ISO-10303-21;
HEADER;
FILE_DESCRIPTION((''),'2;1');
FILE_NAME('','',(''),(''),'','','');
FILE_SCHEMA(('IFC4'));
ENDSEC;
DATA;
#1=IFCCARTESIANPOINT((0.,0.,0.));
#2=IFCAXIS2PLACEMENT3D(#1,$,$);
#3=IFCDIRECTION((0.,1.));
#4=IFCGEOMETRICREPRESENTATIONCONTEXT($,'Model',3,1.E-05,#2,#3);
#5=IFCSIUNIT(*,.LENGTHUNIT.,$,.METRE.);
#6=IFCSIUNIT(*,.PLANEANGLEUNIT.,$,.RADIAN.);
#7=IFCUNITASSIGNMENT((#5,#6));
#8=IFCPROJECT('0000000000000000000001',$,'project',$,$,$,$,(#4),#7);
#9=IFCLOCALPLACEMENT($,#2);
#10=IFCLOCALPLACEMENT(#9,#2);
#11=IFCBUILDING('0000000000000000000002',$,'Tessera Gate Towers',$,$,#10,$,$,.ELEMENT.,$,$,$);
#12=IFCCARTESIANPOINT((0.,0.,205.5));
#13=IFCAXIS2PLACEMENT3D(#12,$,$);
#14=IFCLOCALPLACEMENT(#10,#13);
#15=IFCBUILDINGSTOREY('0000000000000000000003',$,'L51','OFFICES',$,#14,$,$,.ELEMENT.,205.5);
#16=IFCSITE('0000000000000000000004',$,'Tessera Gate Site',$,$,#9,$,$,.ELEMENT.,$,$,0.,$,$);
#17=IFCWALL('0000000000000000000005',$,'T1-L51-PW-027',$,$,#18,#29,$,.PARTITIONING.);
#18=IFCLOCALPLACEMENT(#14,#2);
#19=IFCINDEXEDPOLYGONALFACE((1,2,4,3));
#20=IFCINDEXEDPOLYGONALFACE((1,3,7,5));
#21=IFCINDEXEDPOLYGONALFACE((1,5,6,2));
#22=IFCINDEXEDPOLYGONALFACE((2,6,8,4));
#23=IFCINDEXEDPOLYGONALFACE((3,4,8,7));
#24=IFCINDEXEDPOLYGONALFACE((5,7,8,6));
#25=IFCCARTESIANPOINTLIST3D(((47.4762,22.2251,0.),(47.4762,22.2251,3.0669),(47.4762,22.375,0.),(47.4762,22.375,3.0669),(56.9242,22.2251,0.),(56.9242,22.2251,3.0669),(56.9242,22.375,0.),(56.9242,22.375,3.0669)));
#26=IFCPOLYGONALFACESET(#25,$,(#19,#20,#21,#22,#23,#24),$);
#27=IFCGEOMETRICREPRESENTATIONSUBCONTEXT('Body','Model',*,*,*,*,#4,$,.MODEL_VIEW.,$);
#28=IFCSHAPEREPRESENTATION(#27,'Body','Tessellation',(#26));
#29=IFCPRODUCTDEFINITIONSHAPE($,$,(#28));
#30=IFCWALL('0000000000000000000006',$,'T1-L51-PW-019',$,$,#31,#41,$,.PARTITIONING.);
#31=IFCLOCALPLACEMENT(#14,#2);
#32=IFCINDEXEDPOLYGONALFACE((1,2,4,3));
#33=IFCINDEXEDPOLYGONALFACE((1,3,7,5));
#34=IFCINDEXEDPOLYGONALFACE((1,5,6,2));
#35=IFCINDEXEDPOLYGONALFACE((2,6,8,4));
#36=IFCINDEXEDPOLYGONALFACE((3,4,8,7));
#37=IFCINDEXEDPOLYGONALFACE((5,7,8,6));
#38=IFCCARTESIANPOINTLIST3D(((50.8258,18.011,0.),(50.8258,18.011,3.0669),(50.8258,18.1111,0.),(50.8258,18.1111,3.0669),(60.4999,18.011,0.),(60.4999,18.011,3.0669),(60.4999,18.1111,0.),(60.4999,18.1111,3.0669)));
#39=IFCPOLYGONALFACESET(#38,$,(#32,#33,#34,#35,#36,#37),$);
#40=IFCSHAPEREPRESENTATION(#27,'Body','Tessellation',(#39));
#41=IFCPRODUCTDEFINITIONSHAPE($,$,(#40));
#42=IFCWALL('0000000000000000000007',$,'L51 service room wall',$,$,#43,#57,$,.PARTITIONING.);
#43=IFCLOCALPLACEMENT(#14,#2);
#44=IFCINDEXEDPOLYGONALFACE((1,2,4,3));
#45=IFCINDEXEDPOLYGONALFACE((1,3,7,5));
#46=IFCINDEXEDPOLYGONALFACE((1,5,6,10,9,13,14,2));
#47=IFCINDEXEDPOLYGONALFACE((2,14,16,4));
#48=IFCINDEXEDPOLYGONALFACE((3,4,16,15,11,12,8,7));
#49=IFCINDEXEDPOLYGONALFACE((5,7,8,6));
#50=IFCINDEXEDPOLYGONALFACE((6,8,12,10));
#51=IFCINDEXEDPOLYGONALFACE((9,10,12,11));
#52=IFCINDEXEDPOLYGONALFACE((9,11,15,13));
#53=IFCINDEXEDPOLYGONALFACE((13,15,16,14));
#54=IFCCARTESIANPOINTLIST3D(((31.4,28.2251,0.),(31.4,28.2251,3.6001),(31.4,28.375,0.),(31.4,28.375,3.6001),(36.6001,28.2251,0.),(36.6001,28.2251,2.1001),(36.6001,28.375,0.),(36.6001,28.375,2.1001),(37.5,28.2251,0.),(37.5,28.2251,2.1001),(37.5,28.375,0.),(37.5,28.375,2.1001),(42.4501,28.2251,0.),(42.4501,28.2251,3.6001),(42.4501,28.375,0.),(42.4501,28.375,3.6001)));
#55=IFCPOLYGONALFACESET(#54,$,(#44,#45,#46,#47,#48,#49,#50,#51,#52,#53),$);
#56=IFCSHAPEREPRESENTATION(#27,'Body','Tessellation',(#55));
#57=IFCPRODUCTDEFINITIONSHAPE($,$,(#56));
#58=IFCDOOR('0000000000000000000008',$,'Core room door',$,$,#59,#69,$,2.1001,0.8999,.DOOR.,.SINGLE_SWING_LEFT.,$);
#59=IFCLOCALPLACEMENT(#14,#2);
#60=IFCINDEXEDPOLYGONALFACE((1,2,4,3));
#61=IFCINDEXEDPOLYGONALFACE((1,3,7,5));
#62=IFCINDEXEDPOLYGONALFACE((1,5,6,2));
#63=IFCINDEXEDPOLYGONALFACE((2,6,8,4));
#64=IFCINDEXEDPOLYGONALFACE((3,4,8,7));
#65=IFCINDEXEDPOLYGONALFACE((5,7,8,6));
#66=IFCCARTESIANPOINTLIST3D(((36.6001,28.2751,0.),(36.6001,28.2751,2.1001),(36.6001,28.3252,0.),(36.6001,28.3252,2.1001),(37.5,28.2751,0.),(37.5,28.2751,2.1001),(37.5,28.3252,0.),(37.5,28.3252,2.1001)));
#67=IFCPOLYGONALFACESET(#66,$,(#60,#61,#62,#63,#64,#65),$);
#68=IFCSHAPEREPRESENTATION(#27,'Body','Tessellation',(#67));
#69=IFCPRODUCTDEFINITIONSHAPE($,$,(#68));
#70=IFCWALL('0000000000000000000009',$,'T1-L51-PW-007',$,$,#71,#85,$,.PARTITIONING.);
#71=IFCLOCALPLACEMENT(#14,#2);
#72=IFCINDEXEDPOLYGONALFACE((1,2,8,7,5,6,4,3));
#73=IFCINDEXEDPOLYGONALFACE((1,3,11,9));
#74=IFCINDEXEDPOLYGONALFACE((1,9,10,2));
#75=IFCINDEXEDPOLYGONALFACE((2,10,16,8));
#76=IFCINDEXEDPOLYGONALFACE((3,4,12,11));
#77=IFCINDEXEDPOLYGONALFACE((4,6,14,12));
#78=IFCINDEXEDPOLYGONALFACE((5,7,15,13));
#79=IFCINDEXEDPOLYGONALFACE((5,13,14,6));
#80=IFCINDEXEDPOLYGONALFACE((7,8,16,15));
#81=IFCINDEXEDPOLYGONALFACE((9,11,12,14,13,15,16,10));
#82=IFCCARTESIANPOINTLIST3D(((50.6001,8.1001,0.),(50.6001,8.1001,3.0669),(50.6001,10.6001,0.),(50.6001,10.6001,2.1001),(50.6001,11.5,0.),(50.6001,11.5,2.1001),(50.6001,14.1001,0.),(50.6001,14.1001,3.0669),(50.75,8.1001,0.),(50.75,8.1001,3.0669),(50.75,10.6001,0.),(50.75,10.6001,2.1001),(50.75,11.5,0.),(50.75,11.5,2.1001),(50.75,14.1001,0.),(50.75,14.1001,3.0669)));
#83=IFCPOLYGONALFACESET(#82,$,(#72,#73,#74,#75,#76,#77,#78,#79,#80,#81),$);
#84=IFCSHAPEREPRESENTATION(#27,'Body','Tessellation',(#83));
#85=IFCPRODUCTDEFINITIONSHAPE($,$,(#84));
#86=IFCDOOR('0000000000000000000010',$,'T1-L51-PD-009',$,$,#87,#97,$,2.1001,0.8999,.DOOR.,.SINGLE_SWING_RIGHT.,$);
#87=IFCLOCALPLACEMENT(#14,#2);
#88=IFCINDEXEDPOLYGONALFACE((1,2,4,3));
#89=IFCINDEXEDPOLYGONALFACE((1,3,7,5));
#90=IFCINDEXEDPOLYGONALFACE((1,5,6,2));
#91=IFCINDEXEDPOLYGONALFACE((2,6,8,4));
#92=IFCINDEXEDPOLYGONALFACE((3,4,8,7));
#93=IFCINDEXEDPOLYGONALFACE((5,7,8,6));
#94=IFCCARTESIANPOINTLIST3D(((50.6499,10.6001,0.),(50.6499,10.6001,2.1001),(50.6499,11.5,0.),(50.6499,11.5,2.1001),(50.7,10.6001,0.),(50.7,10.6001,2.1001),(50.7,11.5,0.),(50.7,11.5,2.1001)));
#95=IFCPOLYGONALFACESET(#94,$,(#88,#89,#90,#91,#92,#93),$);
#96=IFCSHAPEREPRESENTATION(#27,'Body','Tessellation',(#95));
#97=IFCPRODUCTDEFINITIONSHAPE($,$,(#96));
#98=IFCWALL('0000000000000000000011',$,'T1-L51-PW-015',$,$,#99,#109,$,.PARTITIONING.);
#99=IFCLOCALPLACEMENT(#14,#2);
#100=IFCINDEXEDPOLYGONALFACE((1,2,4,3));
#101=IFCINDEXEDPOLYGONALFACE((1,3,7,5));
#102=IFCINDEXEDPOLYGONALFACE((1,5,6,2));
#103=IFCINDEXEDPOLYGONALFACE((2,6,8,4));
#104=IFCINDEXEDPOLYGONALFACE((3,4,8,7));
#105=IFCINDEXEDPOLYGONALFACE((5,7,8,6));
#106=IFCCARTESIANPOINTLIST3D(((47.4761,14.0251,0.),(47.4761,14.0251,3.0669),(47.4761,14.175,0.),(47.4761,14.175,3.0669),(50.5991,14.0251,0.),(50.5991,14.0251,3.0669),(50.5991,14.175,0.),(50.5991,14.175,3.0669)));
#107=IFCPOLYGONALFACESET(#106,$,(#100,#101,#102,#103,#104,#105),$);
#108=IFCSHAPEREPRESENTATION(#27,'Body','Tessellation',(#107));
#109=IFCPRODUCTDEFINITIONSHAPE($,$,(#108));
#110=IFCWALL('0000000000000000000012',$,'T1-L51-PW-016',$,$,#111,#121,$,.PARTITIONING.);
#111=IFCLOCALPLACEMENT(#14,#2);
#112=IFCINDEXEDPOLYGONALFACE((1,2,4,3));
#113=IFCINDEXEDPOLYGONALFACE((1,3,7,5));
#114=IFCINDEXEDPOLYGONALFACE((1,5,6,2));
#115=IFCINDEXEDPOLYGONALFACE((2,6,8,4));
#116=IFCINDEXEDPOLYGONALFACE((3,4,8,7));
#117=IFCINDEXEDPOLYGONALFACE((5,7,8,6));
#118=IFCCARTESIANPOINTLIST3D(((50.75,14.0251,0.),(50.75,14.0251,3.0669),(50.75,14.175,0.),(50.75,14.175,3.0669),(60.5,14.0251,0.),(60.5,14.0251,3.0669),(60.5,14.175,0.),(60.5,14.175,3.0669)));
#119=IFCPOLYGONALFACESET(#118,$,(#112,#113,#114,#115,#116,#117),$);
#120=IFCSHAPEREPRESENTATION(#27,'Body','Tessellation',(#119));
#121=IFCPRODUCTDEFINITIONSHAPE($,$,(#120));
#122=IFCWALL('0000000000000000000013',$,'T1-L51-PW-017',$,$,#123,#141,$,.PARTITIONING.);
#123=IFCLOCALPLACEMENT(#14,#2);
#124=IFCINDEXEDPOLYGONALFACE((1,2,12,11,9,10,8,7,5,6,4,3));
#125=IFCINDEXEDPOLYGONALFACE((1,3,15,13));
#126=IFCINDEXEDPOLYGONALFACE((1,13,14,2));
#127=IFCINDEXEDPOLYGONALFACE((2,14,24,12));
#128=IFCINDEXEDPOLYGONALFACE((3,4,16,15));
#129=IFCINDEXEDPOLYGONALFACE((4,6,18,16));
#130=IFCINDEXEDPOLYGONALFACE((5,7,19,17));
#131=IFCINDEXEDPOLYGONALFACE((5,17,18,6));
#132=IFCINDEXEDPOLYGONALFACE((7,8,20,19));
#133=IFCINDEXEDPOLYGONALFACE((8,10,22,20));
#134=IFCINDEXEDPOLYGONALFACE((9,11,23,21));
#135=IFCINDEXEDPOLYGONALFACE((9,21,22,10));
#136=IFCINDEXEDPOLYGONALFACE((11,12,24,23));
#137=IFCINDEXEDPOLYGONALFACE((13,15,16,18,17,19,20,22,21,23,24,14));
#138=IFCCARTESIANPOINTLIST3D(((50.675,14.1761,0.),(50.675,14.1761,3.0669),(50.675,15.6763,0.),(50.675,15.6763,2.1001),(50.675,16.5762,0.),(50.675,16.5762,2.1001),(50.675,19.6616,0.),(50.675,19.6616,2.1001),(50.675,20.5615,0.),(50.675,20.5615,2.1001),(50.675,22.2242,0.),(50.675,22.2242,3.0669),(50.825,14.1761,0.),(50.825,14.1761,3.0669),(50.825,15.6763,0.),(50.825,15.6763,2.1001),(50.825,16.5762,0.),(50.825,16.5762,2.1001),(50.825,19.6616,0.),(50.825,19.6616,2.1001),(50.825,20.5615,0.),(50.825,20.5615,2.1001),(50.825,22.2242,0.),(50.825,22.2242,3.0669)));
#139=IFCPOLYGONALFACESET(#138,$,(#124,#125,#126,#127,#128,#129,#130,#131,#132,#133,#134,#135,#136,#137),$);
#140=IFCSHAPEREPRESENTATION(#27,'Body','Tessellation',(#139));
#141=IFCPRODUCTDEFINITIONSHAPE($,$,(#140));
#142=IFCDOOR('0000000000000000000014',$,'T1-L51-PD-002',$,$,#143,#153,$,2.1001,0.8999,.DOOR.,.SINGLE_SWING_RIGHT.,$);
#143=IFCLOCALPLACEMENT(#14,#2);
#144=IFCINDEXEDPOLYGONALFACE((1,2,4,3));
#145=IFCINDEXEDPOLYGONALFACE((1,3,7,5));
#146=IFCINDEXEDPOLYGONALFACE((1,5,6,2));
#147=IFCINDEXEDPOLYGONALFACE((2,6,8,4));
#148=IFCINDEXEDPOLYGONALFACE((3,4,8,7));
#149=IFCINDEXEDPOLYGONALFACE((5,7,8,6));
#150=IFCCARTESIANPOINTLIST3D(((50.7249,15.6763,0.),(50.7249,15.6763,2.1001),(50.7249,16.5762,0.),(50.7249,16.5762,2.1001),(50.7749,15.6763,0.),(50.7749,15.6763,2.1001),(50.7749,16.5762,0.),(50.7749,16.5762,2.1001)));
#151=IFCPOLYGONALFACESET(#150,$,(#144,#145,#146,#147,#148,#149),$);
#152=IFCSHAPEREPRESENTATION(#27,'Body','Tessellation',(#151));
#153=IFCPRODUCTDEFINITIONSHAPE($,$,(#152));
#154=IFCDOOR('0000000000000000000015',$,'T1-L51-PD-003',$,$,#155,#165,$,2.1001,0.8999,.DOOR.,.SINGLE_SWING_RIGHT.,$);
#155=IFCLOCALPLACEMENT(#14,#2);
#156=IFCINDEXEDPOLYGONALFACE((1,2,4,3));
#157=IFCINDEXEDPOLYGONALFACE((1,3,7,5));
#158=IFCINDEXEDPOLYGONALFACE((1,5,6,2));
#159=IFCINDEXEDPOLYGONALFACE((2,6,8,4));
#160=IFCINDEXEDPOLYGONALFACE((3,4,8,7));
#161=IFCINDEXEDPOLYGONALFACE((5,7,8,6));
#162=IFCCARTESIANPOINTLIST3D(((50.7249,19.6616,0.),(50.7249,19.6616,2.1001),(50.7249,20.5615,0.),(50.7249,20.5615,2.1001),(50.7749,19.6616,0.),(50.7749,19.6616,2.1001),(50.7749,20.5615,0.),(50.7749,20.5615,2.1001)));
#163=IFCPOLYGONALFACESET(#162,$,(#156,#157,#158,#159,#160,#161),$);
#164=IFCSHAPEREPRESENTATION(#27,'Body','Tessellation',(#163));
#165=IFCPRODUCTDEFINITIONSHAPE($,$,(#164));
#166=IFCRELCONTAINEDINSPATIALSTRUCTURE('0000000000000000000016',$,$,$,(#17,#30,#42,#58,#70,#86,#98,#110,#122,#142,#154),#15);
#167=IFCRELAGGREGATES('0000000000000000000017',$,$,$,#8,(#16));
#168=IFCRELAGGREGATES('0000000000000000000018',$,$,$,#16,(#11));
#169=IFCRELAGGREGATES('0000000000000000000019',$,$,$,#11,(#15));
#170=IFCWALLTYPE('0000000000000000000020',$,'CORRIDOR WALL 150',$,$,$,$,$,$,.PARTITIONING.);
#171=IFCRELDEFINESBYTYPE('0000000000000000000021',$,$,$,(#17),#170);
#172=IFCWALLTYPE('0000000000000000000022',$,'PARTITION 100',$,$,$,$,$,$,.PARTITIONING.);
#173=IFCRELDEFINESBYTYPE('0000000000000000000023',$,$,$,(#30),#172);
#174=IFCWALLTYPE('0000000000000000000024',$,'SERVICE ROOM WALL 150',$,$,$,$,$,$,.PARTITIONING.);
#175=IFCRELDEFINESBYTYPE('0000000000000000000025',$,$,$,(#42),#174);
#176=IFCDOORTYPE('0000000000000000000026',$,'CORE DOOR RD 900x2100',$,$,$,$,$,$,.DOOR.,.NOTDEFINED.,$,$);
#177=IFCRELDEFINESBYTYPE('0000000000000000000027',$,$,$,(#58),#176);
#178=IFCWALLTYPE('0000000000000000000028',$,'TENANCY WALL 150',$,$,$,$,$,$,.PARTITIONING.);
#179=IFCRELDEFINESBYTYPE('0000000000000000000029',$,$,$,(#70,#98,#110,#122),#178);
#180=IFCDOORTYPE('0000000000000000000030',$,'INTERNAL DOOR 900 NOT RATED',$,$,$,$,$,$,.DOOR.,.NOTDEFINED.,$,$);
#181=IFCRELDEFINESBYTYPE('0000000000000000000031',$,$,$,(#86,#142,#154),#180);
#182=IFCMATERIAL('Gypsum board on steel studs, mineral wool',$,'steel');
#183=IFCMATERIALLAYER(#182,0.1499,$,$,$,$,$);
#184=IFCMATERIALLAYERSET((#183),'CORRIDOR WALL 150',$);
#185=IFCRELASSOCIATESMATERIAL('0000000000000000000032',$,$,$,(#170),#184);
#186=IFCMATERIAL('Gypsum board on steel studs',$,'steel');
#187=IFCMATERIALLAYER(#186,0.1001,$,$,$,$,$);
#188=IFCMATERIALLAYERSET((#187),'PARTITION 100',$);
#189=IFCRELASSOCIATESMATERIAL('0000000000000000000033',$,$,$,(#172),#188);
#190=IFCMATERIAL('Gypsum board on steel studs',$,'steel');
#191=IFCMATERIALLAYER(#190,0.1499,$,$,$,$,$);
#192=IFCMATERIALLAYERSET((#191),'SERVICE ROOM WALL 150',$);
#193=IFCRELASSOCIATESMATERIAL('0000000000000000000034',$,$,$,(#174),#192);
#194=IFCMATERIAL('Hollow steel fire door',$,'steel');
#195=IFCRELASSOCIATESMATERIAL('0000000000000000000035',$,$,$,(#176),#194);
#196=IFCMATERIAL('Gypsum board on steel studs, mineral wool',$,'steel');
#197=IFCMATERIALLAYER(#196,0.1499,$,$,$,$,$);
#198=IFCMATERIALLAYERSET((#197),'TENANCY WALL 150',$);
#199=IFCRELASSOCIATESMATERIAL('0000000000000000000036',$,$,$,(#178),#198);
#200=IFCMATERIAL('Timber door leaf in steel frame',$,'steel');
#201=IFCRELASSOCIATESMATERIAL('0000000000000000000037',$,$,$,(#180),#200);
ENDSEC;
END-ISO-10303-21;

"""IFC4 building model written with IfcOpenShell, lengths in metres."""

from ifc_helpers import new_model, si_unit, direction, frame, frame_2d, origin, place, context, subcontext, project, spatial, rectangle, extrude, source, transform, mapped, material, layer, layer_set, type_object, element, fill, save


model = new_model("IFC4")

# Units and contexts
model_context = context("Model", 3, precision=1e-05, world=origin(), true_north=direction((0.0, 1.0)))
body_context = subcontext(model_context, "Body", "Model", "MODEL_VIEW")
ifc_project = project(units=[si_unit("LENGTHUNIT", "METRE"), si_unit("PLANEANGLEUNIT", "RADIAN")], contexts=[model_context])

# Site, building, storey
site_placement = place(None, origin())
site = spatial("IfcSite", under=ifc_project, at=site_placement, Name="Tessera Gate Site", CompositionType="ELEMENT", RefElevation=0.0)
building_placement = place(site_placement, origin())
building = spatial("IfcBuilding", under=site, at=building_placement, Name="Tessera Gate Towers", CompositionType="ELEMENT")
storey_placement = place(building_placement, frame((0.0, 0.0, 205.5)))
storey = spatial("IfcBuildingStorey", under=building, at=storey_placement, Name="L51", Description="OFFICES", CompositionType="ELEMENT", Elevation=205.5)

# Shared definitions
ifc_material_1 = material(Name="Gypsum board on steel studs, mineral wool", Category="steel")
ifc_layer_1 = layer(ifc_material_1, 0.1499)
ifc_layer_set_1 = layer_set([ifc_layer_1], Name="CORRIDOR WALL 150")
wall_type_1 = type_object("IfcWallType", Name="CORRIDOR WALL 150", PredefinedType="PARTITIONING", material=ifc_layer_set_1)

# Walls
wall_1_placement = place(storey_placement, frame((47.4761, 22.3, 0.0), z_axis=(0.0, 0.0, 1.0), x_axis=(1.0, 0.0, 0.0)))
element("IfcWall", 1, at=wall_1_placement, inside=storey, type_object=wall_type_1, Name="T1-L51-PW-027", PredefinedType="PARTITIONING", context=body_context, shape_type="SweptSolid", body=[
    extrude(rectangle(XDim=9.448, YDim=0.1499, at=frame_2d((4.7241, 0.0))), origin(), (0.0, 0.0, 1.0), 3.0669),
])
ifc_material_2 = material(Name="Gypsum board on steel studs", Category="steel")
ifc_layer_2 = layer(ifc_material_2, 0.1001)
ifc_layer_set_2 = layer_set([ifc_layer_2], Name="PARTITION 100")
wall_type_2 = type_object("IfcWallType", Name="PARTITION 100", PredefinedType="PARTITIONING", material=ifc_layer_set_2)
wall_2_placement = place(storey_placement, frame((50.8259, 18.061, 0.0), z_axis=(0.0, 0.0, 1.0), x_axis=(1.0, 0.0, 0.0)))
element("IfcWall", 2, at=wall_2_placement, inside=storey, type_object=wall_type_2, Name="T1-L51-PW-019", PredefinedType="PARTITIONING", context=body_context, shape_type="SweptSolid", body=[
    extrude(rectangle(XDim=9.6741, YDim=0.1001, at=frame_2d((4.8369, 0.0))), origin(), (0.0, 0.0, 1.0), 3.0669),
])

# Walls, openings, doors
ifc_material_3 = material(Name="Gypsum board on steel studs", Category="steel")
ifc_layer_3 = layer(ifc_material_3, 0.1499)
ifc_layer_set_3 = layer_set([ifc_layer_3], Name="SERVICE ROOM WALL 150")
wall_type_3 = type_object("IfcWallType", Name="SERVICE ROOM WALL 150", PredefinedType="PARTITIONING", material=ifc_layer_set_3)
wall_3_placement = place(storey_placement, frame((42.45, 28.3, 0.0), z_axis=(0.0, 0.0, 1.0), x_axis=(-1.0, 0.0, 0.0)))
wall_3 = element("IfcWall", 3, at=wall_3_placement, inside=storey, type_object=wall_type_3, Name="L51 service room wall", PredefinedType="PARTITIONING", context=body_context, shape_type="SweptSolid", body=[
    extrude(rectangle(XDim=11.05, YDim=0.1499, at=frame_2d((5.5249, 0.0))), origin(), (0.0, 0.0, 1.0), 3.6001),
])
shared_shape_1 = source(origin(), body_context, "Body", "SweptSolid", [
    extrude(rectangle(XDim=0.8999, YDim=2.1001, at=frame_2d((0.45, 1.05))), frame((0.0, 0.085, 0.0), z_axis=(0.0, -1.0, 0.0), x_axis=(1.0, 0.0, 0.0)), (0.0, 0.0, 1.0), 0.1699),
])
opening_1_placement = place(wall_3_placement, frame((4.95, 0.0, 0.0)))
opening_1 = element("IfcOpeningElement", 4, at=opening_1_placement, cuts=wall_3, PredefinedType="OPENING", context=body_context, shape_type="MappedRepresentation", body=[
    mapped(shared_shape_1, transform((0.0, 0.0, 0.0), scale=1.0)),
])
ifc_material_4 = material(Name="Hollow steel fire door", Category="steel")
door_type_1 = type_object("IfcDoorType", Name="CORE DOOR RD 900x2100", OperationType="NOTDEFINED", PredefinedType="DOOR", material=ifc_material_4)
shared_shape_2 = source(origin(), body_context, "Body", "SweptSolid", [
    extrude(rectangle(XDim=0.8999, YDim=2.1001, at=frame_2d((0.45, 1.05))), frame((0.0, 0.0249, 0.0), z_axis=(0.0, -1.0, 0.0), x_axis=(1.0, 0.0, 0.0)), (0.0, 0.0, 1.0), 0.05),
])
door_1_placement = place(opening_1_placement, origin())
door_1 = element("IfcDoor", 5, at=door_1_placement, inside=storey, type_object=door_type_1, Name="Core room door", OperationType="SINGLE_SWING_LEFT", OverallHeight=2.1001, OverallWidth=0.8999, PredefinedType="DOOR", context=body_context, shape_type="MappedRepresentation", body=[
    mapped(shared_shape_2, transform((0.0, 0.0, 0.0), scale=1.0)),
])
fill(opening_1, door_1)
ifc_material_5 = material(Name="Gypsum board on steel studs, mineral wool", Category="steel")
ifc_layer_4 = layer(ifc_material_5, 0.1499)
ifc_layer_set_4 = layer_set([ifc_layer_4], Name="TENANCY WALL 150")
wall_type_4 = type_object("IfcWallType", Name="TENANCY WALL 150", PredefinedType="PARTITIONING", material=ifc_layer_set_4)
wall_4_placement = place(storey_placement, frame((50.675, 14.1001, 0.0), z_axis=(0.0, 0.0, 1.0), x_axis=(0.0, -1.0, 0.0)))
wall_4 = element("IfcWall", 6, at=wall_4_placement, inside=storey, type_object=wall_type_4, Name="T1-L51-PW-007", PredefinedType="PARTITIONING", context=body_context, shape_type="SweptSolid", body=[
    extrude(rectangle(XDim=6.0, YDim=0.1499, at=frame_2d((3.0, 0.0))), origin(), (0.0, 0.0, 1.0), 3.0669),
])
opening_2_placement = place(wall_4_placement, frame((2.6001, 0.0, 0.0)))
opening_2 = element("IfcOpeningElement", 7, at=opening_2_placement, cuts=wall_4, PredefinedType="OPENING", context=body_context, shape_type="MappedRepresentation", body=[
    mapped(shared_shape_1, transform((0.0, 0.0, 0.0), scale=1.0)),
])
ifc_material_6 = material(Name="Timber door leaf in steel frame", Category="steel")
door_type_2 = type_object("IfcDoorType", Name="INTERNAL DOOR 900 NOT RATED", OperationType="NOTDEFINED", PredefinedType="DOOR", material=ifc_material_6)
door_2_placement = place(opening_2_placement, origin())
door_2 = element("IfcDoor", 8, at=door_2_placement, inside=storey, type_object=door_type_2, Name="T1-L51-PD-009", OperationType="SINGLE_SWING_RIGHT", OverallHeight=2.1001, OverallWidth=0.8999, PredefinedType="DOOR", context=body_context, shape_type="MappedRepresentation", body=[
    mapped(shared_shape_2, transform((0.0, 0.0, 0.0), scale=1.0)),
])
fill(opening_2, door_2)

# Walls
wall_5_placement = place(storey_placement, frame((47.4761, 14.1001, 0.0), z_axis=(0.0, 0.0, 1.0), x_axis=(1.0, 0.0, 0.0)))
element("IfcWall", 9, at=wall_5_placement, inside=storey, type_object=wall_type_4, Name="T1-L51-PW-015", PredefinedType="PARTITIONING", context=body_context, shape_type="SweptSolid", body=[
    extrude(rectangle(XDim=3.123, YDim=0.1499, at=frame_2d((1.5615, 0.0))), origin(), (0.0, 0.0, 1.0), 3.0669),
])
wall_6_placement = place(storey_placement, frame((50.75, 14.1001, 0.0), z_axis=(0.0, 0.0, 1.0), x_axis=(1.0, 0.0, 0.0)))
element("IfcWall", 10, at=wall_6_placement, inside=storey, type_object=wall_type_4, Name="T1-L51-PW-016", PredefinedType="PARTITIONING", context=body_context, shape_type="SweptSolid", body=[
    extrude(rectangle(XDim=9.75, YDim=0.1499, at=frame_2d((4.875, 0.0))), origin(), (0.0, 0.0, 1.0), 3.0669),
])

# Wall, openings, doors
wall_7_placement = place(storey_placement, frame((50.75, 22.2241, 0.0), z_axis=(0.0, 0.0, 1.0), x_axis=(0.0, -1.0, 0.0)))
wall_7 = element("IfcWall", 11, at=wall_7_placement, inside=storey, type_object=wall_type_4, Name="T1-L51-PW-017", PredefinedType="PARTITIONING", context=body_context, shape_type="SweptSolid", body=[
    extrude(rectangle(XDim=8.0481, YDim=0.1499, at=frame_2d((4.0239, 0.0))), origin(), (0.0, 0.0, 1.0), 3.0669),
])
opening_3_placement = place(wall_7_placement, frame((5.6479, 0.0, 0.0)))
opening_3 = element("IfcOpeningElement", 12, at=opening_3_placement, cuts=wall_7, PredefinedType="OPENING", context=body_context, shape_type="MappedRepresentation", body=[
    mapped(shared_shape_1, transform((0.0, 0.0, 0.0), scale=1.0)),
])
opening_4_placement = place(wall_7_placement, frame((1.6626, 0.0, 0.0)))
opening_4 = element("IfcOpeningElement", 13, at=opening_4_placement, cuts=wall_7, PredefinedType="OPENING", context=body_context, shape_type="MappedRepresentation", body=[
    mapped(shared_shape_1, transform((0.0, 0.0, 0.0), scale=1.0)),
])
door_3_placement = place(opening_3_placement, origin())
door_3 = element("IfcDoor", 14, at=door_3_placement, inside=storey, type_object=door_type_2, Name="T1-L51-PD-002", OperationType="SINGLE_SWING_RIGHT", OverallHeight=2.1001, OverallWidth=0.8999, PredefinedType="DOOR", context=body_context, shape_type="MappedRepresentation", body=[
    mapped(shared_shape_2, transform((0.0, 0.0, 0.0), scale=1.0)),
])
fill(opening_3, door_3)
door_4_placement = place(opening_4_placement, origin())
door_4 = element("IfcDoor", 15, at=door_4_placement, inside=storey, type_object=door_type_2, Name="T1-L51-PD-003", OperationType="SINGLE_SWING_RIGHT", OverallHeight=2.1001, OverallWidth=0.8999, PredefinedType="DOOR", context=body_context, shape_type="MappedRepresentation", body=[
    mapped(shared_shape_2, transform((0.0, 0.0, 0.0), scale=1.0)),
])
fill(opening_4, door_4)

save(model, "model.ifc")
